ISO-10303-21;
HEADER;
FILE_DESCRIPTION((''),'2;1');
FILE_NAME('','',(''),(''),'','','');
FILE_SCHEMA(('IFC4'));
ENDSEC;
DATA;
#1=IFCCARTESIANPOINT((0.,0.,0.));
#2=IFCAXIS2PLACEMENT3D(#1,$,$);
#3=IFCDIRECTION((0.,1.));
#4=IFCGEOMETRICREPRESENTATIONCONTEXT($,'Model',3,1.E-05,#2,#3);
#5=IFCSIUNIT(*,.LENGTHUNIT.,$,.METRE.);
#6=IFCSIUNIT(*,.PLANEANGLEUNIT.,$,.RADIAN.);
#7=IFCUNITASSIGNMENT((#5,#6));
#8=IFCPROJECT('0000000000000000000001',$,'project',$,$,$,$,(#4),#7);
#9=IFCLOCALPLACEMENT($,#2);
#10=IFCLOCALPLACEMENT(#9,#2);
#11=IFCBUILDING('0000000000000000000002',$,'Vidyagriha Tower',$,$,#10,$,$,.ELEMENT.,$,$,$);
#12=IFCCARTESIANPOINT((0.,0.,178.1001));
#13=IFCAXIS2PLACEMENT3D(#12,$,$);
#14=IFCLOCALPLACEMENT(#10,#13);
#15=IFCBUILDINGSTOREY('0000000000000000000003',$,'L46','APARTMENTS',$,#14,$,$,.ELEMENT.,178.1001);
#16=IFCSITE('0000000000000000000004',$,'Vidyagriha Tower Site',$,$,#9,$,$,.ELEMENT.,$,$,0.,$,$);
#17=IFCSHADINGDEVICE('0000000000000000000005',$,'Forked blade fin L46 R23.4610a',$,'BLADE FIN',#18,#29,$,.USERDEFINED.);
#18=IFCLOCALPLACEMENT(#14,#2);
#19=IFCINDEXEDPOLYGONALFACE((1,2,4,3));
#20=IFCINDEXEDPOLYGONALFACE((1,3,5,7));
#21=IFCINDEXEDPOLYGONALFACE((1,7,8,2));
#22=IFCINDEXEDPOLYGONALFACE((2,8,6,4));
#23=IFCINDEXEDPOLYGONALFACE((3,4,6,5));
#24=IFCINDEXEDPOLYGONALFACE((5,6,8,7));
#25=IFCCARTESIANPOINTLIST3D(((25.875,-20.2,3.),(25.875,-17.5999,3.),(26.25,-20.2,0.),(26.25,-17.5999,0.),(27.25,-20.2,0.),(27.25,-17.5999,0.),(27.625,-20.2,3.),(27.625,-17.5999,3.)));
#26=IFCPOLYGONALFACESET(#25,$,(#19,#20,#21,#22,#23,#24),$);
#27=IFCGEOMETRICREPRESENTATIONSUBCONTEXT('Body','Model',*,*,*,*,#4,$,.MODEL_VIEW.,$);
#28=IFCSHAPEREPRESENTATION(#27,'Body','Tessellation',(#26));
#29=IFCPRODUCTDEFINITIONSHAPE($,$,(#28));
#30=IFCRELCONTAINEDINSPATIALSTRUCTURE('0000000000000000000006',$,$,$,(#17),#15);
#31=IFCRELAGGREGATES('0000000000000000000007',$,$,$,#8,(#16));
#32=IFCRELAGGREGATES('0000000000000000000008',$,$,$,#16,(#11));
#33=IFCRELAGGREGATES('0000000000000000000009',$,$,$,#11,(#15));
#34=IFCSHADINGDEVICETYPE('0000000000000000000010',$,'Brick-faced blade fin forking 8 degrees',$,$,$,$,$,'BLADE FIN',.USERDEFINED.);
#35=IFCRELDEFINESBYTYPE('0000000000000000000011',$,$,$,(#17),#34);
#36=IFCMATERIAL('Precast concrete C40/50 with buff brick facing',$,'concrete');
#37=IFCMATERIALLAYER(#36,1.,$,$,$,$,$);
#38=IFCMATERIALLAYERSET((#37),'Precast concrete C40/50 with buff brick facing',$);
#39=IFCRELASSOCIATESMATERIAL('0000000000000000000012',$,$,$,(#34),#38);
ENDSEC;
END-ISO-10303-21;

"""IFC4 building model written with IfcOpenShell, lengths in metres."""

from ifc_helpers import new_model, si_unit, direction, frame, origin, place, context, subcontext, project, spatial, polyline, outline, extrude, material, layer, layer_set, type_object, element, save


model = new_model("IFC4")

# Units and contexts
model_context = context("Model", 3, precision=1e-05, world=origin(), true_north=direction((0.0, 1.0)))
body_context = subcontext(model_context, "Body", "Model", "MODEL_VIEW")
ifc_project = project(units=[si_unit("LENGTHUNIT", "METRE"), si_unit("PLANEANGLEUNIT", "RADIAN")], contexts=[model_context])

# Site, building, storey
site_placement = place(None, origin())
site = spatial("IfcSite", under=ifc_project, at=site_placement, Name="Vidyagriha Tower Site", CompositionType="ELEMENT", RefElevation=0.0)
building_placement = place(site_placement, origin())
building = spatial("IfcBuilding", under=site, at=building_placement, Name="Vidyagriha Tower", CompositionType="ELEMENT")
storey_placement = place(building_placement, frame((0.0, 0.0, 178.1001)))
storey = spatial("IfcBuildingStorey", under=building, at=storey_placement, Name="L46", Description="APARTMENTS", CompositionType="ELEMENT", Elevation=178.1001)

# Shading device
ifc_material_1 = material(Name="Precast concrete C40/50 with buff brick facing", Category="concrete")
ifc_layer_1 = layer(ifc_material_1, 1.0)
ifc_layer_set_1 = layer_set([ifc_layer_1], Name="Precast concrete C40/50 with buff brick facing")
shading_device_type_1 = type_object("IfcShadingDeviceType", Name="Brick-faced blade fin forking 8 degrees", ElementType="BLADE FIN", PredefinedType="USERDEFINED", material=ifc_layer_set_1)
shading_device_1_placement = place(storey_placement, frame((25.875, -18.8999, 0.0)))
element("IfcShadingDevice", 1, at=shading_device_1_placement, inside=storey, type_object=shading_device_type_1, Name="Forked blade fin L46 R23.4610a", ObjectType="BLADE FIN", PredefinedType="USERDEFINED", context=body_context, shape_type="SweptSolid", body=[
    extrude(outline(polyline([(0.375, 0.0), (1.375, 0.0), (1.75, 3.0), (0.0, 3.0), (0.375, 0.0)])), frame((0.0, 1.3, 0.0), z_axis=(0.0, -1.0, 0.0), x_axis=(1.0, 0.0, 0.0)), (0.0, 0.0, 1.0), 2.6001),
])

save(model, "model.ifc")
